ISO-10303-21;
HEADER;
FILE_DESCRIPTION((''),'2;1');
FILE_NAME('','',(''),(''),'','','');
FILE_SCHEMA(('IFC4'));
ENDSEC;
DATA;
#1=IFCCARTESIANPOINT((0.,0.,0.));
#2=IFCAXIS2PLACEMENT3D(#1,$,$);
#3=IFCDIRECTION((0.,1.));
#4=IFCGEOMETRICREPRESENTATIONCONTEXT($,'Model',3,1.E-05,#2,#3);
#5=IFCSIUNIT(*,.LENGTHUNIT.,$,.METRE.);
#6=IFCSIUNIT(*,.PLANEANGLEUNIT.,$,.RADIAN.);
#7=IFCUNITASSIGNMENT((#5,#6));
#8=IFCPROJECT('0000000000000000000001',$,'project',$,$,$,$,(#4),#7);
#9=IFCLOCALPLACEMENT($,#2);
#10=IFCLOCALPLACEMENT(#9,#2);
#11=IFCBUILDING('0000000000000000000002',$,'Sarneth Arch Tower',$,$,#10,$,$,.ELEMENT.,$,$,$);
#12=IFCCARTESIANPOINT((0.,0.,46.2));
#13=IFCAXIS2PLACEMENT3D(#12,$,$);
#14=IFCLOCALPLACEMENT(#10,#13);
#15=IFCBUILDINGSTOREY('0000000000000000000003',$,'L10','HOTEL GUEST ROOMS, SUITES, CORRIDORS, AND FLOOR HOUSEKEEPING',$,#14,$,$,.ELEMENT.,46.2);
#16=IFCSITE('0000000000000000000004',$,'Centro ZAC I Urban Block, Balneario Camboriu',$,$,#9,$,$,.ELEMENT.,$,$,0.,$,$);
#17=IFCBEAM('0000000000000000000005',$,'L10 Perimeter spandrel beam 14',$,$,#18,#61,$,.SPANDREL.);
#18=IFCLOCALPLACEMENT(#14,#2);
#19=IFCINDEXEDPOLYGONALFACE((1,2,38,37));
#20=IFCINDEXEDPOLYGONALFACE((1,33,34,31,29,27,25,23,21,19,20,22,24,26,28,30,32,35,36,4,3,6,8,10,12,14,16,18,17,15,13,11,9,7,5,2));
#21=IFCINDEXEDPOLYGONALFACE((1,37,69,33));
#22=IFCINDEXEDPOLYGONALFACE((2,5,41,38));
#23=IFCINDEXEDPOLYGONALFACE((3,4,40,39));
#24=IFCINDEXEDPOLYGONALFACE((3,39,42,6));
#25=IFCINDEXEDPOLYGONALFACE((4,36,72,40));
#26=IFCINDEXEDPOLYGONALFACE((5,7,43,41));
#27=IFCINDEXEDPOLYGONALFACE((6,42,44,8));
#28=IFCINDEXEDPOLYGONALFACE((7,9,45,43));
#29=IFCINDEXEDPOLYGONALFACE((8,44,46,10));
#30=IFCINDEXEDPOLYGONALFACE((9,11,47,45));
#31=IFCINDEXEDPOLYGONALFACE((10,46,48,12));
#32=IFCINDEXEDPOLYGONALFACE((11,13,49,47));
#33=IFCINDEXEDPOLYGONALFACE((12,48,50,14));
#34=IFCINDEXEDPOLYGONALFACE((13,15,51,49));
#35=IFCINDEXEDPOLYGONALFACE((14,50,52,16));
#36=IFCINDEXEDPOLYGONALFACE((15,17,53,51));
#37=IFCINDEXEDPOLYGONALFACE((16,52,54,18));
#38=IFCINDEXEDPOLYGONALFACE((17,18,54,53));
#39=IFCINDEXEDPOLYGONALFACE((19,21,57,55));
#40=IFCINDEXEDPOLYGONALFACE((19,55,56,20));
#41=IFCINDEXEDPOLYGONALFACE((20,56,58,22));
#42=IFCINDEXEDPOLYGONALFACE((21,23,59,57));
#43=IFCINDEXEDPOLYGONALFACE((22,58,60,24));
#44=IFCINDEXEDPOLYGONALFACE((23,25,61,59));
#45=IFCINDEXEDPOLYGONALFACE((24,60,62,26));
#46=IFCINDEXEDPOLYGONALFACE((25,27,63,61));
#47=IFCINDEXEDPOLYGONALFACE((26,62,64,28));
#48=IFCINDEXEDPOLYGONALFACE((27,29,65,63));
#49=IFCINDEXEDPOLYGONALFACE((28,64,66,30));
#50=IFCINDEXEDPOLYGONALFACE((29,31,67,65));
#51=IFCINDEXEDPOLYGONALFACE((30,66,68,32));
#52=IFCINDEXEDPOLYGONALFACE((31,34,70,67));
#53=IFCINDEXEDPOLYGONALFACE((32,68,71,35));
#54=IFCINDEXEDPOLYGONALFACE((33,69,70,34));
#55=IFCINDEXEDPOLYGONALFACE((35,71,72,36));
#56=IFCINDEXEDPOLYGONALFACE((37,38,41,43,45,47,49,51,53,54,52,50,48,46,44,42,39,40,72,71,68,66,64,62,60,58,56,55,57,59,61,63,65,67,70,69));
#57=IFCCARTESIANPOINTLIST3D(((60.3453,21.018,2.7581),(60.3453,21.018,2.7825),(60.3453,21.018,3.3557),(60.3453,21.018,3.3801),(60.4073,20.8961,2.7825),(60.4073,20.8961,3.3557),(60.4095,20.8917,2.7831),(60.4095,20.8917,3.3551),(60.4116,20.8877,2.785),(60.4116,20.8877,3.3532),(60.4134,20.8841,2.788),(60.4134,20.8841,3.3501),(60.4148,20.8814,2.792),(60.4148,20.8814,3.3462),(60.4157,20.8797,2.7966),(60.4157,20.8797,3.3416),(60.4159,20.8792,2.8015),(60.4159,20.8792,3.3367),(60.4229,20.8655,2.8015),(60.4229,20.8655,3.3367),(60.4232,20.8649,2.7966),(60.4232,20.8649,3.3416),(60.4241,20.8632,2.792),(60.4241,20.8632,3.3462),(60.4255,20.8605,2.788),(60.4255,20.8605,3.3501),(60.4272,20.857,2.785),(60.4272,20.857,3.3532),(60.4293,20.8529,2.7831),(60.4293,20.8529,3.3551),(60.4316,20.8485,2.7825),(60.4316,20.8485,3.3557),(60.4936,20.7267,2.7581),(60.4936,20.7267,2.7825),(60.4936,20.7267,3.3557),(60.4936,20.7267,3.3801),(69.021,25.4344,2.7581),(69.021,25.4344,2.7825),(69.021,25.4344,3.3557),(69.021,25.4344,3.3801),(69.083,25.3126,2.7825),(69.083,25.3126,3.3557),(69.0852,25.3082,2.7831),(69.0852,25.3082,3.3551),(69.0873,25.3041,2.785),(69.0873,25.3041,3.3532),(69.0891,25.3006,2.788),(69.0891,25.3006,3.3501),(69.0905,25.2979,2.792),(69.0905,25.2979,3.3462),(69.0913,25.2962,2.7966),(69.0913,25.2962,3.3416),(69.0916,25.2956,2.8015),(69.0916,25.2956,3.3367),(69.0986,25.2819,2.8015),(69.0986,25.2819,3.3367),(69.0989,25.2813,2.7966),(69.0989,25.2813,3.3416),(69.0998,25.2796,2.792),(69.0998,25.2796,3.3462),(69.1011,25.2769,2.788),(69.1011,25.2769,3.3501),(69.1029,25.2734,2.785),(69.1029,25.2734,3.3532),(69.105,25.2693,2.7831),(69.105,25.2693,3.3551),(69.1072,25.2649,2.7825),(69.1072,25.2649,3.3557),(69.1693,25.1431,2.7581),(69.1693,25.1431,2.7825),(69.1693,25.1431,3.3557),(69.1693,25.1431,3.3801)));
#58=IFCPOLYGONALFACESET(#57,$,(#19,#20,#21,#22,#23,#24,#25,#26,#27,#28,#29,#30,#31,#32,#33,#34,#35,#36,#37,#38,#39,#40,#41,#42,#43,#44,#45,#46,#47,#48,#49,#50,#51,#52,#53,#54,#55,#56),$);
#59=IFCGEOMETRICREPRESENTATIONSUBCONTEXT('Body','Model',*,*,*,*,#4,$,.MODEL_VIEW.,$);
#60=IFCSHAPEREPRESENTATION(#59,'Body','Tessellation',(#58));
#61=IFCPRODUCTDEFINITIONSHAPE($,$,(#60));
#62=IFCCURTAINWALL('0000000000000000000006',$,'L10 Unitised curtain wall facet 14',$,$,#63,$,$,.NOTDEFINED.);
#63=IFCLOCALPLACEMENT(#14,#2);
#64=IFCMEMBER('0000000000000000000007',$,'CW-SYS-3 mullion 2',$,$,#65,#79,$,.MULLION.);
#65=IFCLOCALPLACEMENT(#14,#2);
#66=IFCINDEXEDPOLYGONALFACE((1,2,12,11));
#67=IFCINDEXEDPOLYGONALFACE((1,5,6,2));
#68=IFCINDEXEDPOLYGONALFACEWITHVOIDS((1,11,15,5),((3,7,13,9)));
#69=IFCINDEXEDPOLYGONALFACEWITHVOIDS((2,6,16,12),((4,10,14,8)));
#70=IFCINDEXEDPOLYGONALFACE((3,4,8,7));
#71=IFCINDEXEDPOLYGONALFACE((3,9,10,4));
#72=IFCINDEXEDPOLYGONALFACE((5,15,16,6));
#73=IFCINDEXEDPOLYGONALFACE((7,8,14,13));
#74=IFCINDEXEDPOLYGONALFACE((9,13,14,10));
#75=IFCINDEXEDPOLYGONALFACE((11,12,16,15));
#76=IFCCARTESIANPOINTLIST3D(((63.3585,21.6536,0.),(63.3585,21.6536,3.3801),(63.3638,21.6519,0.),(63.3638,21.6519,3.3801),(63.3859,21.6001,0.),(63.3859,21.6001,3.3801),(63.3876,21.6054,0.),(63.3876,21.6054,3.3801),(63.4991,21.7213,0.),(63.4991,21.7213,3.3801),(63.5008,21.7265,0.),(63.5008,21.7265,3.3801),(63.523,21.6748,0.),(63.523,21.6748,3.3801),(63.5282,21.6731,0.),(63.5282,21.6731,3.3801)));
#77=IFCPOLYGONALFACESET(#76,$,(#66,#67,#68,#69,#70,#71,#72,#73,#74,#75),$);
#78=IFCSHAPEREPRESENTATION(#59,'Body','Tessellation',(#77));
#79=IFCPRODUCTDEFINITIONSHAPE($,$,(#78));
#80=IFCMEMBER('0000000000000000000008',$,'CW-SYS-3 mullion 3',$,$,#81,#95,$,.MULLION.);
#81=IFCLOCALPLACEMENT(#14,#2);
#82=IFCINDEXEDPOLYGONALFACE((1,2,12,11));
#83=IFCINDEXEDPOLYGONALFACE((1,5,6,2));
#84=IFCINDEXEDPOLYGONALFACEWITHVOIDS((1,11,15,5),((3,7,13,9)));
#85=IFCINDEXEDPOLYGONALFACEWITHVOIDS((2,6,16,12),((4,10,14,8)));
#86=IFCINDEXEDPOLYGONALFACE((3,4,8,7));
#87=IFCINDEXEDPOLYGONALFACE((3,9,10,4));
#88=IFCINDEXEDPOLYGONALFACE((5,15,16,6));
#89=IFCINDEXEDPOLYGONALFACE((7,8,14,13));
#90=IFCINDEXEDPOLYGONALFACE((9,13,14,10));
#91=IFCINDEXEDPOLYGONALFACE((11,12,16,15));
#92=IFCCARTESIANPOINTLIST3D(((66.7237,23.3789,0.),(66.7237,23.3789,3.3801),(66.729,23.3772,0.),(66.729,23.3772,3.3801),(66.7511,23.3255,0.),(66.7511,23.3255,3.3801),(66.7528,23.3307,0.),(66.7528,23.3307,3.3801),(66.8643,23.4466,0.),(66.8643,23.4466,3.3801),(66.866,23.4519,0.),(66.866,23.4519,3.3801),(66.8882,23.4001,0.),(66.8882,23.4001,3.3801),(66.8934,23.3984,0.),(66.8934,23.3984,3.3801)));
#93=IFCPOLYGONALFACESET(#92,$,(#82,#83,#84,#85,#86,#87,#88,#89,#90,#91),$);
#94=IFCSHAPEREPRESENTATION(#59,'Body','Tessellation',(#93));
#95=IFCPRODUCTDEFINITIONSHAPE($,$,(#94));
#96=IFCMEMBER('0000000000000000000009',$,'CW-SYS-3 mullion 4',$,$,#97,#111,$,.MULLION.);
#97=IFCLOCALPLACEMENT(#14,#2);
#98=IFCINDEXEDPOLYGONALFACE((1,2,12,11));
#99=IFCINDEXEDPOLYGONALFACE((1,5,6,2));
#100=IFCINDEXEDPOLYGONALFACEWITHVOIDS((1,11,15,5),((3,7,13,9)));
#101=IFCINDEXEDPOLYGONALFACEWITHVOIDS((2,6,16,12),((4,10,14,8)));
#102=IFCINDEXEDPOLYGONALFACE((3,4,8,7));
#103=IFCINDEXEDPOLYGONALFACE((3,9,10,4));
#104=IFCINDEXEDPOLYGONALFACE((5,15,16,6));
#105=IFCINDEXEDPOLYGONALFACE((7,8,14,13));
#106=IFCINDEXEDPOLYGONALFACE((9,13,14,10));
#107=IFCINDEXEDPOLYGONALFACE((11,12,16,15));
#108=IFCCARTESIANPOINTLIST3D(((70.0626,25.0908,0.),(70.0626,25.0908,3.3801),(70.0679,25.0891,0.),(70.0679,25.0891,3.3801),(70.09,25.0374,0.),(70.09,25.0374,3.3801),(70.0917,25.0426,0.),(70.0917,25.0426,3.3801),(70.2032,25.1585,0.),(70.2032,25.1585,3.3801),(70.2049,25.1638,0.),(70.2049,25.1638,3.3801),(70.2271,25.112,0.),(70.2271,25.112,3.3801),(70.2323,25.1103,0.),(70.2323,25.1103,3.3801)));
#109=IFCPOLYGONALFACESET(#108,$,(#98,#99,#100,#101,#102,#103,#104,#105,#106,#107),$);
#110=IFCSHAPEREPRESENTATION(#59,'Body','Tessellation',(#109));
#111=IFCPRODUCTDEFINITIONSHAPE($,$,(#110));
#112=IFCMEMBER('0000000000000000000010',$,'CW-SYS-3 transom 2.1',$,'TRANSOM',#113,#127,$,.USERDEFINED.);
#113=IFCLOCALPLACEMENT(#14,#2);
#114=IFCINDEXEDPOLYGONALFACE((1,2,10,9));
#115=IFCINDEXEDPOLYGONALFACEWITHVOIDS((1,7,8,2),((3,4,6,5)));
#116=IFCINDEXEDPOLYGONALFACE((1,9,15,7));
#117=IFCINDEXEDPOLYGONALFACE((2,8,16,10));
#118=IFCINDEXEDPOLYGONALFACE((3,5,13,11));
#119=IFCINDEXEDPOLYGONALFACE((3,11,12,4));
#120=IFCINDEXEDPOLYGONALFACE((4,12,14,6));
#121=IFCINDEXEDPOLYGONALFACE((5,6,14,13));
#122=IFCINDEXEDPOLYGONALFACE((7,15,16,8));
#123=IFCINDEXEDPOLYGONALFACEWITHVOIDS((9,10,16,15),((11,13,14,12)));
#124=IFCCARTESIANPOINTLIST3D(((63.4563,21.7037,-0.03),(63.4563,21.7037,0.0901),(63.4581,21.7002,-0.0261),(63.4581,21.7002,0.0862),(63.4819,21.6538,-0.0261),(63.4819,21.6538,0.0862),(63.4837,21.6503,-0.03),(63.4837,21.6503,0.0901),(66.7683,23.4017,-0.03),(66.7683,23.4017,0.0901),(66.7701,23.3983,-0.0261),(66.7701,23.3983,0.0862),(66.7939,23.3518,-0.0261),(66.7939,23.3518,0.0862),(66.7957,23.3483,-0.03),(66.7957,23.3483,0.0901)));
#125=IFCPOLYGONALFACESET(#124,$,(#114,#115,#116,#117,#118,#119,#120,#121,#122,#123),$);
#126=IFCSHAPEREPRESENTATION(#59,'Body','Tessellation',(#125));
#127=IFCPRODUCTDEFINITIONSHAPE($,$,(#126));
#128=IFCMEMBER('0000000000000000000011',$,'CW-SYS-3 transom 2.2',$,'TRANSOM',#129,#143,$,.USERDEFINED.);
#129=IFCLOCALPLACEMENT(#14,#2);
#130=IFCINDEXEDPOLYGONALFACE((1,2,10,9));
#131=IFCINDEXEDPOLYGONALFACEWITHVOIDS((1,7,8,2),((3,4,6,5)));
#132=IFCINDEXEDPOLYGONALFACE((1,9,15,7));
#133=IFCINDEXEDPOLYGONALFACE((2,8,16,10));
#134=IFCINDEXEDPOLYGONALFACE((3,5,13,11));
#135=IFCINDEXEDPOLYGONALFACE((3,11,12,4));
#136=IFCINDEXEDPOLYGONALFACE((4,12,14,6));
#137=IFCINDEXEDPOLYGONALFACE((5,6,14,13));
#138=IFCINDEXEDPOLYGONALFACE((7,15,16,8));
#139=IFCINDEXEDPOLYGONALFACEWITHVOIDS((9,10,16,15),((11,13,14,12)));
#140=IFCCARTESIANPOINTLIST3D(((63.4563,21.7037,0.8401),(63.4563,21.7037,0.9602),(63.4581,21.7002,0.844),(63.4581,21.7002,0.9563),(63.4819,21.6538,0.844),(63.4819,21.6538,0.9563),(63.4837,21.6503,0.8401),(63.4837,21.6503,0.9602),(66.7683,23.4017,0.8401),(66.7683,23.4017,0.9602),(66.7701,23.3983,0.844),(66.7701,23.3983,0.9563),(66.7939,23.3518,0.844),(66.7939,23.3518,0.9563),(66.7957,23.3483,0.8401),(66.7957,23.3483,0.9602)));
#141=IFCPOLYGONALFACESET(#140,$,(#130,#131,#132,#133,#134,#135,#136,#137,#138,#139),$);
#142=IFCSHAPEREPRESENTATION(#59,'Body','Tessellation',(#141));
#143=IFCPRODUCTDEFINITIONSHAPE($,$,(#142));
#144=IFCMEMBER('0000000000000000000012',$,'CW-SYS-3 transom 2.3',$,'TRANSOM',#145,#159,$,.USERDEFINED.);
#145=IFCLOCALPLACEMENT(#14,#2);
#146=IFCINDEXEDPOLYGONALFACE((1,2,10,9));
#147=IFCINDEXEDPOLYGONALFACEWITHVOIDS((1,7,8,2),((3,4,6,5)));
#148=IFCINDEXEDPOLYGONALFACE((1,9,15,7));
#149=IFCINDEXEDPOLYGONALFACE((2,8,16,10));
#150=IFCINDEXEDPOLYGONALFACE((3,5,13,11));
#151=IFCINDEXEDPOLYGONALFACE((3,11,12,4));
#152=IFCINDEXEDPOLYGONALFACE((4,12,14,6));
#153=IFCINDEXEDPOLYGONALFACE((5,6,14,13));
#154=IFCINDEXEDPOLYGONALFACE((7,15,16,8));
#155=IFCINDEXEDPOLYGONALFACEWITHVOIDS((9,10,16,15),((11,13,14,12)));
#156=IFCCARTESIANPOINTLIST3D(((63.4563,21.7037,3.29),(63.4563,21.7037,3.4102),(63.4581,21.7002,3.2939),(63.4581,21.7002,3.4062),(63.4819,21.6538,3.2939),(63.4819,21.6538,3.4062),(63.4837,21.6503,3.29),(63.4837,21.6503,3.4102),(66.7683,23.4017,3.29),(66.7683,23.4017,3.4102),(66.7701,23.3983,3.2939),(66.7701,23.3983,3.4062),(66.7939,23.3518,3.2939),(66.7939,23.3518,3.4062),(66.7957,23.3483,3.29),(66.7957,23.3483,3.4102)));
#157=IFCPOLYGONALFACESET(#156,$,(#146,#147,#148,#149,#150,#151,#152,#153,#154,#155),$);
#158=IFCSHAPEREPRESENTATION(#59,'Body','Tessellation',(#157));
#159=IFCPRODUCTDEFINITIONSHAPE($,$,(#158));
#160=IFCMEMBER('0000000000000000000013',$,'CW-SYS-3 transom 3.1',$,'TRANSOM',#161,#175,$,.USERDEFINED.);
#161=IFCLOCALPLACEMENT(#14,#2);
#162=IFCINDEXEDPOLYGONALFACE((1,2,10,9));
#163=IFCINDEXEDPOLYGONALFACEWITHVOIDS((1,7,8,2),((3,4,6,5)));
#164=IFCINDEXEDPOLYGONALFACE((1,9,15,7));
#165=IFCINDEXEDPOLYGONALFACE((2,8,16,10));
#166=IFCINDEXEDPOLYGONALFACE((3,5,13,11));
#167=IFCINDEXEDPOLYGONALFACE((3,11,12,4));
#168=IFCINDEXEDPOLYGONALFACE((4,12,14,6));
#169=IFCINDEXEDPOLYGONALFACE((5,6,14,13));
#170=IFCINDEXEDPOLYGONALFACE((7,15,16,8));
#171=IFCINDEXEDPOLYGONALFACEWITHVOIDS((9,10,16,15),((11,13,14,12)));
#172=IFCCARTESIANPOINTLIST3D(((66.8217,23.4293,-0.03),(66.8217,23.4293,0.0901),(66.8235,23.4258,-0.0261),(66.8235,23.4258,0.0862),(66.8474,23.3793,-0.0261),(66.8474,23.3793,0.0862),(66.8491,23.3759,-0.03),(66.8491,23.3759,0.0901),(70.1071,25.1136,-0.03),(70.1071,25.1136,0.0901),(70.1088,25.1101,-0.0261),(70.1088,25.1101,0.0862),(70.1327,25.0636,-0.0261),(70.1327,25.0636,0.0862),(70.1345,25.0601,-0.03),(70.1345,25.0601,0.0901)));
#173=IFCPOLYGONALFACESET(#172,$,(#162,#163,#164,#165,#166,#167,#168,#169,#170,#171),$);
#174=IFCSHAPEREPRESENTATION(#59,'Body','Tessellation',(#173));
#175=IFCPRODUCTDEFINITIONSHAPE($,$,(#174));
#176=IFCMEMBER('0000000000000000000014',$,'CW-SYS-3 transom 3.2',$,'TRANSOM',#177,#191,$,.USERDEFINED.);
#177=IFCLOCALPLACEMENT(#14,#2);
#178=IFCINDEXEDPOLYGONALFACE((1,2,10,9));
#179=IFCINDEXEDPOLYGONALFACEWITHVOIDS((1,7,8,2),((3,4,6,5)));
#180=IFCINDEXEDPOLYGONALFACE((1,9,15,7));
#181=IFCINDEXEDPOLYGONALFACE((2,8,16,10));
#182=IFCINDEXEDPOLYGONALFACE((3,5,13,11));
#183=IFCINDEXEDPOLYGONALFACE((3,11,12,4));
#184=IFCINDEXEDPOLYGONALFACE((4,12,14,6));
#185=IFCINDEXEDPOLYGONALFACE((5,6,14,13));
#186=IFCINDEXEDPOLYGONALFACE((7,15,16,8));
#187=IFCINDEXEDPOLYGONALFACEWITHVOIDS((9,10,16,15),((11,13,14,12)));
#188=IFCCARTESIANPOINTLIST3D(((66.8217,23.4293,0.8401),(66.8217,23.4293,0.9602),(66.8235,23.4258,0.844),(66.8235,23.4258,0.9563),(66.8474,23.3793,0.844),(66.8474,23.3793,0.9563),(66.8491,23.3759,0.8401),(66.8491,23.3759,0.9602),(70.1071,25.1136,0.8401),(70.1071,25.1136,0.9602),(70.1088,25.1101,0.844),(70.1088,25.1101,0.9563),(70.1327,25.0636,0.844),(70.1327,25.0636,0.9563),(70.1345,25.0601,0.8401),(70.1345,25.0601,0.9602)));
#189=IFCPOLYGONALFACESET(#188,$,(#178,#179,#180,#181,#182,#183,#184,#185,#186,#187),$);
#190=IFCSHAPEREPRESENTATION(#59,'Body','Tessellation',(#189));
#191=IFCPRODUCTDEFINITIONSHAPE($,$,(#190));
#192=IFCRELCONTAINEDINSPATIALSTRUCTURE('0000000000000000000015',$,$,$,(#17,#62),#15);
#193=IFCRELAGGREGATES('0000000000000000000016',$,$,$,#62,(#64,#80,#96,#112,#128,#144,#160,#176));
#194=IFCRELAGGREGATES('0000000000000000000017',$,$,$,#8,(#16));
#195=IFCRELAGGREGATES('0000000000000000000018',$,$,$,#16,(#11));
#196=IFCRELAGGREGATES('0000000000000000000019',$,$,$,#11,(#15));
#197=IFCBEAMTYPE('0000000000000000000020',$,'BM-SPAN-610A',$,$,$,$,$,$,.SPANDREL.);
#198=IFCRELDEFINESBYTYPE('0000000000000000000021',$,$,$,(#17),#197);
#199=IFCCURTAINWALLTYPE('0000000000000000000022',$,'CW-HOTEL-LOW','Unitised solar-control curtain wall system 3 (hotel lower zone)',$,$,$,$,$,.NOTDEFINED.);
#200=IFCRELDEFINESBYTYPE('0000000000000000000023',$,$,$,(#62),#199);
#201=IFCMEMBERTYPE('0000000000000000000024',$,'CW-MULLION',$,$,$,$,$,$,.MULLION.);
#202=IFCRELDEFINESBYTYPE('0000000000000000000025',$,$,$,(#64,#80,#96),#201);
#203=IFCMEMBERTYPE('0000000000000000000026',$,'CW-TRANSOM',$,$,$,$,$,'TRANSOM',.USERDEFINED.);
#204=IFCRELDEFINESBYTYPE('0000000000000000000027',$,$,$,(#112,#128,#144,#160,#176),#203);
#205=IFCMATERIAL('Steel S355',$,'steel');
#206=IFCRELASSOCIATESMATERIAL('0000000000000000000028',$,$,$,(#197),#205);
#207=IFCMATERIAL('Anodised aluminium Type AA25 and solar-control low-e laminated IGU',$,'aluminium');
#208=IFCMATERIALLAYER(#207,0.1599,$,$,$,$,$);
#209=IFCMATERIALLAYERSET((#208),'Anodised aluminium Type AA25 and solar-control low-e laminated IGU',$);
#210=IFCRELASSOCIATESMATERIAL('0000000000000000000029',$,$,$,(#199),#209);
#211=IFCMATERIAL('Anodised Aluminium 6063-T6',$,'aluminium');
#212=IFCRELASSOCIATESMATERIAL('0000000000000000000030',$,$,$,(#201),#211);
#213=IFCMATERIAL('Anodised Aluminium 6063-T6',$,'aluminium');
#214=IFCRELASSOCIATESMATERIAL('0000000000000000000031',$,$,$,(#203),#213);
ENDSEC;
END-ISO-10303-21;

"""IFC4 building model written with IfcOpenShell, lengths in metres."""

from ifc_helpers import new_model, si_unit, direction, frame, origin, origin_2d, place, context, subcontext, project, spatial, hollow_rectangle, i_section, extrude, material, layer, layer_set, material_profile, profile_set, type_object, element, aggregate, save


model = new_model("IFC4")

# Units and contexts
model_context = context("Model", 3, precision=1e-05, world=origin(), true_north=direction((0.0, 1.0)))
body_context = subcontext(model_context, "Body", "Model", "MODEL_VIEW")
ifc_project = project(units=[si_unit("LENGTHUNIT", "METRE"), si_unit("PLANEANGLEUNIT", "RADIAN")], contexts=[model_context])

# Site, building, storey
site_placement = place(None, origin())
site = spatial("IfcSite", under=ifc_project, at=site_placement, Name="Centro ZAC I Urban Block, Balneario Camboriu", CompositionType="ELEMENT", RefElevation=0.0)
building_placement = place(site_placement, origin())
building = spatial("IfcBuilding", under=site, at=building_placement, Name="Sarneth Arch Tower", CompositionType="ELEMENT")
storey_placement = place(building_placement, frame((0.0, 0.0, 46.2)))
storey = spatial("IfcBuildingStorey", under=building, at=storey_placement, Name="L10", Description="HOTEL GUEST ROOMS, SUITES, CORRIDORS, AND FLOOR HOUSEKEEPING", CompositionType="ELEMENT", Elevation=46.2)

# Beam
ifc_material_1 = material(Name="Steel S355", Category="steel")
ifc_material_profile_1 = material_profile(ifc_material_1, i_section(OverallWidth=0.3269, OverallDepth=0.6221, WebThickness=0.0154, FlangeThickness=0.0244, FilletRadius=0.019, at=origin_2d()), Name="W610x195")
ifc_profile_set_1 = profile_set([ifc_material_profile_1], Name="Steel S355")
beam_type = type_object("IfcBeamType", Name="BM-SPAN-610A", PredefinedType="SPANDREL", material=ifc_profile_set_1)
beam_placement = place(storey_placement, frame((60.4194, 20.8723, 3.0691), z_axis=(0.891174, 0.453662, 0.0), x_axis=(-0.453662, 0.891174, 0.0)))
element("IfcBeam", 1, at=beam_placement, inside=storey, type_object=beam_type, Name="L10 Perimeter spandrel beam 14", PredefinedType="SPANDREL", context=body_context, shape_type="SweptSolid", body=[
    extrude(i_section(OverallWidth=0.3269, OverallDepth=0.6221, WebThickness=0.0154, FlangeThickness=0.0244, FilletRadius=0.019, at=origin_2d()), origin(), (0.0, 0.0, 1.0), 9.7351),
])

# Curtain wall, members
ifc_material_2 = material(Name="Anodised aluminium Type AA25 and solar-control low-e laminated IGU", Category="aluminium")
ifc_layer_1 = layer(ifc_material_2, 0.1599)
ifc_layer_set_1 = layer_set([ifc_layer_1], Name="Anodised aluminium Type AA25 and solar-control low-e laminated IGU")
curtain_wall_type = type_object("IfcCurtainWallType", Name="CW-HOTEL-LOW", Description="Unitised solar-control curtain wall system 3 (hotel lower zone)", PredefinedType="NOTDEFINED", material=ifc_layer_set_1)
curtain_wall_placement = place(storey_placement, origin())
curtain_wall = element("IfcCurtainWall", 2, at=curtain_wall_placement, inside=storey, type_object=curtain_wall_type, Name="L10 Unitised curtain wall facet 14", PredefinedType="NOTDEFINED")
ifc_material_3 = material(Name="Anodised Aluminium 6063-T6", Category="aluminium")
ifc_material_profile_2 = material_profile(ifc_material_3, hollow_rectangle(XDim=0.0601, YDim=0.1599, WallThickness=0.0039, at=origin_2d()), Name="AL-MULL-160x60x4")
ifc_profile_set_2 = profile_set([ifc_material_profile_2], Name="Anodised Aluminium 6063-T6")
member_type_1 = type_object("IfcMemberType", Name="CW-MULLION", PredefinedType="MULLION", material=ifc_profile_set_2)
member_1_placement = place(storey_placement, frame((63.4434, 21.6633, 0.0), z_axis=(0.0, 0.0, 1.0), x_axis=(-0.456245, 0.889854, 0.0)))
member_1 = element("IfcMember", 3, at=member_1_placement, type_object=member_type_1, Name="CW-SYS-3 mullion 2", PredefinedType="MULLION", context=body_context, shape_type="SweptSolid", body=[
    extrude(hollow_rectangle(XDim=0.0601, YDim=0.1599, WallThickness=0.0039, at=origin_2d()), origin(), (0.0, 0.0, 1.0), 3.3801),
])
member_2_placement = place(storey_placement, frame((66.8086, 23.3887, 0.0), z_axis=(0.0, 0.0, 1.0), x_axis=(-0.456245, 0.889854, 0.0)))
member_2 = element("IfcMember", 4, at=member_2_placement, type_object=member_type_1, Name="CW-SYS-3 mullion 3", PredefinedType="MULLION", context=body_context, shape_type="SweptSolid", body=[
    extrude(hollow_rectangle(XDim=0.0601, YDim=0.1599, WallThickness=0.0039, at=origin_2d()), origin(), (0.0, 0.0, 1.0), 3.3801),
])
member_3_placement = place(storey_placement, frame((70.1475, 25.1006, 0.0), z_axis=(0.0, 0.0, 1.0), x_axis=(-0.456245, 0.889854, 0.0)))
member_3 = element("IfcMember", 5, at=member_3_placement, type_object=member_type_1, Name="CW-SYS-3 mullion 4", PredefinedType="MULLION", context=body_context, shape_type="SweptSolid", body=[
    extrude(hollow_rectangle(XDim=0.0601, YDim=0.1599, WallThickness=0.0039, at=origin_2d()), origin(), (0.0, 0.0, 1.0), 3.3801),
])
ifc_material_4 = material(Name="Anodised Aluminium 6063-T6", Category="aluminium")
ifc_material_profile_3 = material_profile(ifc_material_4, hollow_rectangle(XDim=0.0601, YDim=0.1201, WallThickness=0.0039, at=origin_2d()), Name="AL-TRAN-120x60x4")
ifc_profile_set_3 = profile_set([ifc_material_profile_3], Name="Anodised Aluminium 6063-T6")
member_type_2 = type_object("IfcMemberType", Name="CW-TRANSOM", ElementType="TRANSOM", PredefinedType="USERDEFINED", material=ifc_profile_set_3)
member_4_placement = place(storey_placement, frame((63.47, 21.677, 0.03), z_axis=(0.889869, 0.456217, 0.0), x_axis=(-0.456217, 0.889869, 0.0)))
member_4 = element("IfcMember", 6, at=member_4_placement, type_object=member_type_2, Name="CW-SYS-3 transom 2.1", ObjectType="TRANSOM", PredefinedType="USERDEFINED", context=body_context, shape_type="SweptSolid", body=[
    extrude(hollow_rectangle(XDim=0.0601, YDim=0.1201, WallThickness=0.0039, at=origin_2d()), origin(), (0.0, 0.0, 1.0), 3.7219),
])
member_5_placement = place(storey_placement, frame((63.47, 21.677, 0.9001), z_axis=(0.889869, 0.456217, 0.0), x_axis=(-0.456217, 0.889869, 0.0)))
member_5 = element("IfcMember", 7, at=member_5_placement, type_object=member_type_2, Name="CW-SYS-3 transom 2.2", ObjectType="TRANSOM", PredefinedType="USERDEFINED", context=body_context, shape_type="SweptSolid", body=[
    extrude(hollow_rectangle(XDim=0.0601, YDim=0.1201, WallThickness=0.0039, at=origin_2d()), origin(), (0.0, 0.0, 1.0), 3.7219),
])
member_6_placement = place(storey_placement, frame((63.47, 21.677, 3.3501), z_axis=(0.889869, 0.456217, 0.0), x_axis=(-0.456217, 0.889869, 0.0)))
member_6 = element("IfcMember", 8, at=member_6_placement, type_object=member_type_2, Name="CW-SYS-3 transom 2.3", ObjectType="TRANSOM", PredefinedType="USERDEFINED", context=body_context, shape_type="SweptSolid", body=[
    extrude(hollow_rectangle(XDim=0.0601, YDim=0.1201, WallThickness=0.0039, at=origin_2d()), origin(), (0.0, 0.0, 1.0), 3.7219),
])
member_7_placement = place(storey_placement, frame((66.8354, 23.4026, 0.03), z_axis=(0.889872, 0.456211, 0.0), x_axis=(-0.456211, 0.889872, 0.0)))
member_7 = element("IfcMember", 9, at=member_7_placement, type_object=member_type_2, Name="CW-SYS-3 transom 3.1", ObjectType="TRANSOM", PredefinedType="USERDEFINED", context=body_context, shape_type="SweptSolid", body=[
    extrude(hollow_rectangle(XDim=0.0601, YDim=0.1201, WallThickness=0.0039, at=origin_2d()), origin(), (0.0, 0.0, 1.0), 3.6919),
])
member_8_placement = place(storey_placement, frame((66.8354, 23.4026, 0.9001), z_axis=(0.889872, 0.456211, 0.0), x_axis=(-0.456211, 0.889872, 0.0)))
member_8 = element("IfcMember", 10, at=member_8_placement, type_object=member_type_2, Name="CW-SYS-3 transom 3.2", ObjectType="TRANSOM", PredefinedType="USERDEFINED", context=body_context, shape_type="SweptSolid", body=[
    extrude(hollow_rectangle(XDim=0.0601, YDim=0.1201, WallThickness=0.0039, at=origin_2d()), origin(), (0.0, 0.0, 1.0), 3.6919),
])
aggregate(curtain_wall, [member_1, member_2, member_3, member_4, member_5, member_6, member_7, member_8])

save(model, "model.ifc")
